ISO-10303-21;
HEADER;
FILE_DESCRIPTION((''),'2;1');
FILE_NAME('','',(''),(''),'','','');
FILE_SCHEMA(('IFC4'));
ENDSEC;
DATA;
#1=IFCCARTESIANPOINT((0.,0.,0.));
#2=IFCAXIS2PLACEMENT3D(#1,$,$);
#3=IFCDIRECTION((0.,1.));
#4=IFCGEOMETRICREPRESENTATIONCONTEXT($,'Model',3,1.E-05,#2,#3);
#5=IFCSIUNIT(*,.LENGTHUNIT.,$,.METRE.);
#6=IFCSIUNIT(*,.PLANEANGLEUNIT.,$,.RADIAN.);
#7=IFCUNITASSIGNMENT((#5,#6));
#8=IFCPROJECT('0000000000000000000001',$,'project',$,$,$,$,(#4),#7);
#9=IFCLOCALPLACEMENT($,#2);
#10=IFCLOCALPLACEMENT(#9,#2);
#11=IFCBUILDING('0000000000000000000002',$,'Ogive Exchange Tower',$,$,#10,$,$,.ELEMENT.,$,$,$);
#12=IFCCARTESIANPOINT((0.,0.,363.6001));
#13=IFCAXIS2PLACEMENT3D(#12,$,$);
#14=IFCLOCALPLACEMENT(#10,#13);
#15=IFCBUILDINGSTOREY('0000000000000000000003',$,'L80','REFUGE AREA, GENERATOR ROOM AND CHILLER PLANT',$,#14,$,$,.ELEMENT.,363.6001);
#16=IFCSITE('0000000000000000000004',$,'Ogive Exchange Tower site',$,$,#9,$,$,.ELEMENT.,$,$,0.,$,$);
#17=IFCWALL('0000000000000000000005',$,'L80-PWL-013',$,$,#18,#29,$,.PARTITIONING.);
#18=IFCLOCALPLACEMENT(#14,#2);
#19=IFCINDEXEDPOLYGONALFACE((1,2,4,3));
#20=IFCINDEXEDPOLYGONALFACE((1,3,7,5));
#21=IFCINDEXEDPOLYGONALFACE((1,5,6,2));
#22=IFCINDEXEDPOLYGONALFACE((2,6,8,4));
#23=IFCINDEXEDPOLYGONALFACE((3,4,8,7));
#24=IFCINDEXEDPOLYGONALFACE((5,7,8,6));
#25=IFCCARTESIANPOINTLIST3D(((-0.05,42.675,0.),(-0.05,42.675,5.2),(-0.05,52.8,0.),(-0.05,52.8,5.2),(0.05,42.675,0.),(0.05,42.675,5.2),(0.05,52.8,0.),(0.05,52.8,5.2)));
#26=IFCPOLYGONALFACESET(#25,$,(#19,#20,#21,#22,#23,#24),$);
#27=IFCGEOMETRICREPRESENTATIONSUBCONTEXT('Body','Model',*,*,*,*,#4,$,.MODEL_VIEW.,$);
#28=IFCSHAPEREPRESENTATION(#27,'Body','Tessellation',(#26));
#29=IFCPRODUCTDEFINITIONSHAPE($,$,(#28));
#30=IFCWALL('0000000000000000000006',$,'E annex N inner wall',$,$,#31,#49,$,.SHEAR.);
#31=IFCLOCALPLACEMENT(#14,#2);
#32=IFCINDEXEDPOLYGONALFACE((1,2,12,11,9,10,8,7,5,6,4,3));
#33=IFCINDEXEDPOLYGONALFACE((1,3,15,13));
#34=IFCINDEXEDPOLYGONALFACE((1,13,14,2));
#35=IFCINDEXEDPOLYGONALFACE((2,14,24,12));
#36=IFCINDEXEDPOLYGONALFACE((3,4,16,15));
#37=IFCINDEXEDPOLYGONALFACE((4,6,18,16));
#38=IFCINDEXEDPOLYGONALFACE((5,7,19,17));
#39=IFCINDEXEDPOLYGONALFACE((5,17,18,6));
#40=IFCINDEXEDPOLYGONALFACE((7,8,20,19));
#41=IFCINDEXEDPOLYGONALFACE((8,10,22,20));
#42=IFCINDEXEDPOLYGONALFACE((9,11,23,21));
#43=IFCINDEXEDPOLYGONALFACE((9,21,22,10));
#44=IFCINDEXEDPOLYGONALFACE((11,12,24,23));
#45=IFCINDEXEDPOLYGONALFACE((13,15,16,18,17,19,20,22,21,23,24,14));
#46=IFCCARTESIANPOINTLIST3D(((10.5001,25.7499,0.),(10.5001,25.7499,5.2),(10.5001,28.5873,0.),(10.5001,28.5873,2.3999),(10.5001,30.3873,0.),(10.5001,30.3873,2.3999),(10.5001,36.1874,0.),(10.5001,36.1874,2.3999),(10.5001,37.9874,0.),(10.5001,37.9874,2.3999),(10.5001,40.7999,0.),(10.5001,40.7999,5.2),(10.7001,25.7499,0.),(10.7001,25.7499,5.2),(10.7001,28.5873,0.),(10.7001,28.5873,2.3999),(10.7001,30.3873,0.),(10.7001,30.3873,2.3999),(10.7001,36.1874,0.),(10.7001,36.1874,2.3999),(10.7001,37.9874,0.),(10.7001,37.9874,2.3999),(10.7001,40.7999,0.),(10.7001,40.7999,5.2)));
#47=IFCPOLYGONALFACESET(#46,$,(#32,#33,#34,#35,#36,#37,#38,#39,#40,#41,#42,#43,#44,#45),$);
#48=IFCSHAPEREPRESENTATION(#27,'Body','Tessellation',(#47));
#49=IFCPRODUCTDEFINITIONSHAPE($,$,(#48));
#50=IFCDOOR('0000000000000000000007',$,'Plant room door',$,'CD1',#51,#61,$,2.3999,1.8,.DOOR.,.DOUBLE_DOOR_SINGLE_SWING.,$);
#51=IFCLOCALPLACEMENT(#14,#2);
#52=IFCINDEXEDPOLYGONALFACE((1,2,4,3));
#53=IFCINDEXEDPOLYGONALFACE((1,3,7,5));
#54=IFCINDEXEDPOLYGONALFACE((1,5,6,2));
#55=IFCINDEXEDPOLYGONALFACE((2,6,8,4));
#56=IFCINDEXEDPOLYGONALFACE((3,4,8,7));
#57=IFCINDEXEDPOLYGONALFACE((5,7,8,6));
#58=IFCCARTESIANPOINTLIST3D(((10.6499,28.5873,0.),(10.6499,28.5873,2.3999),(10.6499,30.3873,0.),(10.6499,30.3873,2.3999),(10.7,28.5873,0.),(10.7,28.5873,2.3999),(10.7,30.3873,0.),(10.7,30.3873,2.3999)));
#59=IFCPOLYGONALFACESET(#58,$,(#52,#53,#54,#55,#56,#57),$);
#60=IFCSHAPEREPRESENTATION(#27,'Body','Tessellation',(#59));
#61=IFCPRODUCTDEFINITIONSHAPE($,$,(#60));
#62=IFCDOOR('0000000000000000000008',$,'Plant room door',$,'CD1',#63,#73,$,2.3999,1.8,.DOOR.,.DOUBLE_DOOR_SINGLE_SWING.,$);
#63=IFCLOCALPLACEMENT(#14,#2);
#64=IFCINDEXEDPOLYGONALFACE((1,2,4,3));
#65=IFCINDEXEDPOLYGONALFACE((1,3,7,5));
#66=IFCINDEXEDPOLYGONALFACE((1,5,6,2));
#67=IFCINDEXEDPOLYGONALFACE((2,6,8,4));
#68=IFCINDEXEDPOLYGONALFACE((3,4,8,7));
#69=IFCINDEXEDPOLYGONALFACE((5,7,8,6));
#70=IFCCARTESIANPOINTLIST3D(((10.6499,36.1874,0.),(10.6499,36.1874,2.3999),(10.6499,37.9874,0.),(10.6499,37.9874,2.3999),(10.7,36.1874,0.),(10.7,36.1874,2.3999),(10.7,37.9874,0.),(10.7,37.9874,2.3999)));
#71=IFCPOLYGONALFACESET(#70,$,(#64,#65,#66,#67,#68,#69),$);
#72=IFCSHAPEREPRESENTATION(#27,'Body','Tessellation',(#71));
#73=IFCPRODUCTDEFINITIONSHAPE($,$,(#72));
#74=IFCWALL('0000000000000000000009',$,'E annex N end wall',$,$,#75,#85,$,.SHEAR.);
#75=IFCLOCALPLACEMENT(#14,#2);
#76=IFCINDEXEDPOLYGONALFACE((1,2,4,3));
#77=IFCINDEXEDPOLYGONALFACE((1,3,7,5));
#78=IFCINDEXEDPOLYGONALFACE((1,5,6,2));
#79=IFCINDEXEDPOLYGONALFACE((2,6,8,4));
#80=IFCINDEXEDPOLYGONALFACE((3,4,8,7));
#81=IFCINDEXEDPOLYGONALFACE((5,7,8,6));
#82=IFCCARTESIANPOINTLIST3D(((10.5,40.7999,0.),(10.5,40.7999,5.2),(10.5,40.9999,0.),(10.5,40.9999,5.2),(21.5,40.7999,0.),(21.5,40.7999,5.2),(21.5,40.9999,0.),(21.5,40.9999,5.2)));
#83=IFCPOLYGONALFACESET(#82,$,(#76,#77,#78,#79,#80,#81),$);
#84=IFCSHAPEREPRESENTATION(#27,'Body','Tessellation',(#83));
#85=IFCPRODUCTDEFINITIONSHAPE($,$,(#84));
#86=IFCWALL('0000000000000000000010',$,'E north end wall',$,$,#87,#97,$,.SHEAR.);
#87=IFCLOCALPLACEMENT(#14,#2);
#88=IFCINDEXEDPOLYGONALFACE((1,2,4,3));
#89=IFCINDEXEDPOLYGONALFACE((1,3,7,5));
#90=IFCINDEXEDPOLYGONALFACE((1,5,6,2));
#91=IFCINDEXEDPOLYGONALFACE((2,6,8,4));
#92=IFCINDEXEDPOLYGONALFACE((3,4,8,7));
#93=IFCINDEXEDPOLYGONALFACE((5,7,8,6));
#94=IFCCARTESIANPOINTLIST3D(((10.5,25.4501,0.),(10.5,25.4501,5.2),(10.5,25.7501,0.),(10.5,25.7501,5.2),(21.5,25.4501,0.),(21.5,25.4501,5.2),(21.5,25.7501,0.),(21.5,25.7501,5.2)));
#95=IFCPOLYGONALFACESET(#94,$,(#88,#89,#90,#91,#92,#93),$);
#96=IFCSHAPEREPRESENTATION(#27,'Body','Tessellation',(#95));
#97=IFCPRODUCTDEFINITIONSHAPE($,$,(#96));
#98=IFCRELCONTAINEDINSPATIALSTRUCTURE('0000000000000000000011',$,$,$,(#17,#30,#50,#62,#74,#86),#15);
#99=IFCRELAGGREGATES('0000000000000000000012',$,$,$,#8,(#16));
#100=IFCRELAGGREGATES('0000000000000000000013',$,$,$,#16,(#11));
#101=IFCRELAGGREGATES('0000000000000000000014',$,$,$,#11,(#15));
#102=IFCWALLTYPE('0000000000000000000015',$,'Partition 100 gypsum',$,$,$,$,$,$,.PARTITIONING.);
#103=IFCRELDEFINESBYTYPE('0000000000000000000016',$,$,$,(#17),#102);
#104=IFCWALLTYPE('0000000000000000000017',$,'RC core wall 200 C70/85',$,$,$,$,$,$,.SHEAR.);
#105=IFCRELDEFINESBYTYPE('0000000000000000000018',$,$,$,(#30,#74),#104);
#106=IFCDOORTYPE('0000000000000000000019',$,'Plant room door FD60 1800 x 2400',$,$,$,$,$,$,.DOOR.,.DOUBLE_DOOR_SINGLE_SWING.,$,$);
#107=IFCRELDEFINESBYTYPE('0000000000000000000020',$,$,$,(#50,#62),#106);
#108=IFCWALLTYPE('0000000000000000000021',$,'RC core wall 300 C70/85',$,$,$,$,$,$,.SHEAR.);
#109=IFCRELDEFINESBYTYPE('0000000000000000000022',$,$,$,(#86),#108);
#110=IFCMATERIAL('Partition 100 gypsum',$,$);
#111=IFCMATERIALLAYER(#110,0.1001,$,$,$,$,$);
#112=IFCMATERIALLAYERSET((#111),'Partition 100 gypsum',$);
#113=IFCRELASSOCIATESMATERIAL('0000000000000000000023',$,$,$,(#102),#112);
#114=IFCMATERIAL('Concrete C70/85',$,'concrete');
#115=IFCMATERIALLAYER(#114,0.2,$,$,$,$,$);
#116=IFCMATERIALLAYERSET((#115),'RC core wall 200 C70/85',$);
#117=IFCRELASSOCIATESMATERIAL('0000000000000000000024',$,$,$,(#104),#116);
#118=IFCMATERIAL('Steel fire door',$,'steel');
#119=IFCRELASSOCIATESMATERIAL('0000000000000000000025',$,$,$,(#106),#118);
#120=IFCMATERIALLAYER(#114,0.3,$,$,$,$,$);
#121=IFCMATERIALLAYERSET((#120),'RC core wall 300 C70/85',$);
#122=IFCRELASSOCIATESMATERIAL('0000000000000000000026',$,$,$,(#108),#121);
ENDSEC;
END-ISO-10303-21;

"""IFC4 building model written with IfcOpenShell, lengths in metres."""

from ifc_helpers import new_model, si_unit, direction, frame, frame_2d, origin, place, context, subcontext, project, spatial, rectangle, extrude, material, layer, layer_set, type_object, element, fill, save


model = new_model("IFC4")

# Units and contexts
model_context = context("Model", 3, precision=1e-05, world=origin(), true_north=direction((0.0, 1.0)))
body_context = subcontext(model_context, "Body", "Model", "MODEL_VIEW")
ifc_project = project(units=[si_unit("LENGTHUNIT", "METRE"), si_unit("PLANEANGLEUNIT", "RADIAN")], contexts=[model_context])

# Site, building, storey
site_placement = place(None, origin())
site = spatial("IfcSite", under=ifc_project, at=site_placement, Name="Ogive Exchange Tower site", CompositionType="ELEMENT", RefElevation=0.0)
building_placement = place(site_placement, origin())
building = spatial("IfcBuilding", under=site, at=building_placement, Name="Ogive Exchange Tower", CompositionType="ELEMENT")
storey_placement = place(building_placement, frame((0.0, 0.0, 363.6001)))
storey = spatial("IfcBuildingStorey", under=building, at=storey_placement, Name="L80", Description="REFUGE AREA, GENERATOR ROOM AND CHILLER PLANT", CompositionType="ELEMENT", Elevation=363.6001)

# Wall
ifc_material_1 = material(Name="Partition 100 gypsum")
ifc_layer_1 = layer(ifc_material_1, 0.1001)
ifc_layer_set_1 = layer_set([ifc_layer_1], Name="Partition 100 gypsum")
wall_type_1 = type_object("IfcWallType", Name="Partition 100 gypsum", PredefinedType="PARTITIONING", material=ifc_layer_set_1)
wall_1_placement = place(storey_placement, frame((0.0, 42.675, 0.0), z_axis=(0.0, 0.0, 1.0), x_axis=(0.0, 1.0, 0.0)))
element("IfcWall", 1, at=wall_1_placement, inside=storey, type_object=wall_type_1, Name="L80-PWL-013", PredefinedType="PARTITIONING", context=body_context, shape_type="SweptSolid", body=[
    extrude(rectangle(XDim=10.125, YDim=0.1001, at=frame_2d((5.0625, 0.0))), origin(), (0.0, 0.0, 1.0), 5.2),
])

# Wall, openings, doors
ifc_material_2 = material(Name="Concrete C70/85", Category="concrete")
ifc_layer_2 = layer(ifc_material_2, 0.2)
ifc_layer_set_2 = layer_set([ifc_layer_2], Name="RC core wall 200 C70/85")
wall_type_2 = type_object("IfcWallType", Name="RC core wall 200 C70/85", PredefinedType="SHEAR", material=ifc_layer_set_2)
wall_2_placement = place(storey_placement, frame((10.6001, 25.75, 0.0), z_axis=(0.0, 0.0, 1.0), x_axis=(0.0, 1.0, 0.0)))
wall_2 = element("IfcWall", 2, at=wall_2_placement, inside=storey, type_object=wall_type_2, Name="E annex N inner wall", PredefinedType="SHEAR", context=body_context, shape_type="SweptSolid", body=[
    extrude(rectangle(XDim=15.05, YDim=0.2, at=frame_2d((7.5249, 0.0))), origin(), (0.0, 0.0, 1.0), 5.2),
])
opening_1_placement = place(wall_2_placement, frame((2.8374, 0.0, 0.0)))
opening_1 = element("IfcOpeningElement", 3, at=opening_1_placement, cuts=wall_2, PredefinedType="OPENING", context=body_context, shape_type="SweptSolid", body=[
    extrude(rectangle(XDim=1.8, YDim=2.3999, at=frame_2d((0.8999, 1.2))), frame((0.0, 0.1099, 0.0), z_axis=(0.0, -1.0, 0.0), x_axis=(1.0, 0.0, 0.0)), (0.0, 0.0, 1.0), 0.22),
])
opening_2_placement = place(wall_2_placement, frame((10.4375, 0.0, 0.0)))
opening_2 = element("IfcOpeningElement", 4, at=opening_2_placement, cuts=wall_2, PredefinedType="OPENING", context=body_context, shape_type="SweptSolid", body=[
    extrude(rectangle(XDim=1.8, YDim=2.3999, at=frame_2d((0.8999, 1.2))), frame((0.0, 0.1099, 0.0), z_axis=(0.0, -1.0, 0.0), x_axis=(1.0, 0.0, 0.0)), (0.0, 0.0, 1.0), 0.22),
])
ifc_material_3 = material(Name="Steel fire door", Category="steel")
door_type_1 = type_object("IfcDoorType", Name="Plant room door FD60 1800 x 2400", OperationType="DOUBLE_DOOR_SINGLE_SWING", PredefinedType="DOOR", material=ifc_material_3)
door_1_placement = place(opening_1_placement, origin())
door_1 = element("IfcDoor", 5, at=door_1_placement, inside=storey, type_object=door_type_1, Name="Plant room door", ObjectType="CD1", OperationType="DOUBLE_DOOR_SINGLE_SWING", OverallHeight=2.3999, OverallWidth=1.8, PredefinedType="DOOR", context=body_context, shape_type="SweptSolid", body=[
    extrude(rectangle(XDim=1.8, YDim=2.3999, at=frame_2d((0.8999, 1.2))), frame((0.0, -0.0498, 0.0), z_axis=(0.0, -1.0, 0.0), x_axis=(1.0, 0.0, 0.0)), (0.0, 0.0, 1.0), 0.05),
])
fill(opening_1, door_1)
door_2_placement = place(opening_2_placement, origin())
door_2 = element("IfcDoor", 6, at=door_2_placement, inside=storey, type_object=door_type_1, Name="Plant room door", ObjectType="CD1", OperationType="DOUBLE_DOOR_SINGLE_SWING", OverallHeight=2.3999, OverallWidth=1.8, PredefinedType="DOOR", context=body_context, shape_type="SweptSolid", body=[
    extrude(rectangle(XDim=1.8, YDim=2.3999, at=frame_2d((0.8999, 1.2))), frame((0.0, -0.0498, 0.0), z_axis=(0.0, -1.0, 0.0), x_axis=(1.0, 0.0, 0.0)), (0.0, 0.0, 1.0), 0.05),
])
fill(opening_2, door_2)

# Walls
wall_3_placement = place(storey_placement, frame((10.5, 40.8999, 0.0), z_axis=(0.0, 0.0, 1.0), x_axis=(1.0, 0.0, 0.0)))
element("IfcWall", 7, at=wall_3_placement, inside=storey, type_object=wall_type_2, Name="E annex N end wall", PredefinedType="SHEAR", context=body_context, shape_type="SweptSolid", body=[
    extrude(rectangle(XDim=11.0, YDim=0.2, at=frame_2d((5.5, 0.0))), origin(), (0.0, 0.0, 1.0), 5.2),
])
ifc_layer_3 = layer(ifc_material_2, 0.3)
ifc_layer_set_3 = layer_set([ifc_layer_3], Name="RC core wall 300 C70/85")
wall_type_3 = type_object("IfcWallType", Name="RC core wall 300 C70/85", PredefinedType="SHEAR", material=ifc_layer_set_3)
wall_4_placement = place(storey_placement, frame((10.5, 25.6001, 0.0), z_axis=(0.0, 0.0, 1.0), x_axis=(1.0, 0.0, 0.0)))
element("IfcWall", 8, at=wall_4_placement, inside=storey, type_object=wall_type_3, Name="E north end wall", PredefinedType="SHEAR", context=body_context, shape_type="SweptSolid", body=[
    extrude(rectangle(XDim=11.0, YDim=0.3, at=frame_2d((5.5, 0.0))), origin(), (0.0, 0.0, 1.0), 5.2),
])

save(model, "model.ifc")
